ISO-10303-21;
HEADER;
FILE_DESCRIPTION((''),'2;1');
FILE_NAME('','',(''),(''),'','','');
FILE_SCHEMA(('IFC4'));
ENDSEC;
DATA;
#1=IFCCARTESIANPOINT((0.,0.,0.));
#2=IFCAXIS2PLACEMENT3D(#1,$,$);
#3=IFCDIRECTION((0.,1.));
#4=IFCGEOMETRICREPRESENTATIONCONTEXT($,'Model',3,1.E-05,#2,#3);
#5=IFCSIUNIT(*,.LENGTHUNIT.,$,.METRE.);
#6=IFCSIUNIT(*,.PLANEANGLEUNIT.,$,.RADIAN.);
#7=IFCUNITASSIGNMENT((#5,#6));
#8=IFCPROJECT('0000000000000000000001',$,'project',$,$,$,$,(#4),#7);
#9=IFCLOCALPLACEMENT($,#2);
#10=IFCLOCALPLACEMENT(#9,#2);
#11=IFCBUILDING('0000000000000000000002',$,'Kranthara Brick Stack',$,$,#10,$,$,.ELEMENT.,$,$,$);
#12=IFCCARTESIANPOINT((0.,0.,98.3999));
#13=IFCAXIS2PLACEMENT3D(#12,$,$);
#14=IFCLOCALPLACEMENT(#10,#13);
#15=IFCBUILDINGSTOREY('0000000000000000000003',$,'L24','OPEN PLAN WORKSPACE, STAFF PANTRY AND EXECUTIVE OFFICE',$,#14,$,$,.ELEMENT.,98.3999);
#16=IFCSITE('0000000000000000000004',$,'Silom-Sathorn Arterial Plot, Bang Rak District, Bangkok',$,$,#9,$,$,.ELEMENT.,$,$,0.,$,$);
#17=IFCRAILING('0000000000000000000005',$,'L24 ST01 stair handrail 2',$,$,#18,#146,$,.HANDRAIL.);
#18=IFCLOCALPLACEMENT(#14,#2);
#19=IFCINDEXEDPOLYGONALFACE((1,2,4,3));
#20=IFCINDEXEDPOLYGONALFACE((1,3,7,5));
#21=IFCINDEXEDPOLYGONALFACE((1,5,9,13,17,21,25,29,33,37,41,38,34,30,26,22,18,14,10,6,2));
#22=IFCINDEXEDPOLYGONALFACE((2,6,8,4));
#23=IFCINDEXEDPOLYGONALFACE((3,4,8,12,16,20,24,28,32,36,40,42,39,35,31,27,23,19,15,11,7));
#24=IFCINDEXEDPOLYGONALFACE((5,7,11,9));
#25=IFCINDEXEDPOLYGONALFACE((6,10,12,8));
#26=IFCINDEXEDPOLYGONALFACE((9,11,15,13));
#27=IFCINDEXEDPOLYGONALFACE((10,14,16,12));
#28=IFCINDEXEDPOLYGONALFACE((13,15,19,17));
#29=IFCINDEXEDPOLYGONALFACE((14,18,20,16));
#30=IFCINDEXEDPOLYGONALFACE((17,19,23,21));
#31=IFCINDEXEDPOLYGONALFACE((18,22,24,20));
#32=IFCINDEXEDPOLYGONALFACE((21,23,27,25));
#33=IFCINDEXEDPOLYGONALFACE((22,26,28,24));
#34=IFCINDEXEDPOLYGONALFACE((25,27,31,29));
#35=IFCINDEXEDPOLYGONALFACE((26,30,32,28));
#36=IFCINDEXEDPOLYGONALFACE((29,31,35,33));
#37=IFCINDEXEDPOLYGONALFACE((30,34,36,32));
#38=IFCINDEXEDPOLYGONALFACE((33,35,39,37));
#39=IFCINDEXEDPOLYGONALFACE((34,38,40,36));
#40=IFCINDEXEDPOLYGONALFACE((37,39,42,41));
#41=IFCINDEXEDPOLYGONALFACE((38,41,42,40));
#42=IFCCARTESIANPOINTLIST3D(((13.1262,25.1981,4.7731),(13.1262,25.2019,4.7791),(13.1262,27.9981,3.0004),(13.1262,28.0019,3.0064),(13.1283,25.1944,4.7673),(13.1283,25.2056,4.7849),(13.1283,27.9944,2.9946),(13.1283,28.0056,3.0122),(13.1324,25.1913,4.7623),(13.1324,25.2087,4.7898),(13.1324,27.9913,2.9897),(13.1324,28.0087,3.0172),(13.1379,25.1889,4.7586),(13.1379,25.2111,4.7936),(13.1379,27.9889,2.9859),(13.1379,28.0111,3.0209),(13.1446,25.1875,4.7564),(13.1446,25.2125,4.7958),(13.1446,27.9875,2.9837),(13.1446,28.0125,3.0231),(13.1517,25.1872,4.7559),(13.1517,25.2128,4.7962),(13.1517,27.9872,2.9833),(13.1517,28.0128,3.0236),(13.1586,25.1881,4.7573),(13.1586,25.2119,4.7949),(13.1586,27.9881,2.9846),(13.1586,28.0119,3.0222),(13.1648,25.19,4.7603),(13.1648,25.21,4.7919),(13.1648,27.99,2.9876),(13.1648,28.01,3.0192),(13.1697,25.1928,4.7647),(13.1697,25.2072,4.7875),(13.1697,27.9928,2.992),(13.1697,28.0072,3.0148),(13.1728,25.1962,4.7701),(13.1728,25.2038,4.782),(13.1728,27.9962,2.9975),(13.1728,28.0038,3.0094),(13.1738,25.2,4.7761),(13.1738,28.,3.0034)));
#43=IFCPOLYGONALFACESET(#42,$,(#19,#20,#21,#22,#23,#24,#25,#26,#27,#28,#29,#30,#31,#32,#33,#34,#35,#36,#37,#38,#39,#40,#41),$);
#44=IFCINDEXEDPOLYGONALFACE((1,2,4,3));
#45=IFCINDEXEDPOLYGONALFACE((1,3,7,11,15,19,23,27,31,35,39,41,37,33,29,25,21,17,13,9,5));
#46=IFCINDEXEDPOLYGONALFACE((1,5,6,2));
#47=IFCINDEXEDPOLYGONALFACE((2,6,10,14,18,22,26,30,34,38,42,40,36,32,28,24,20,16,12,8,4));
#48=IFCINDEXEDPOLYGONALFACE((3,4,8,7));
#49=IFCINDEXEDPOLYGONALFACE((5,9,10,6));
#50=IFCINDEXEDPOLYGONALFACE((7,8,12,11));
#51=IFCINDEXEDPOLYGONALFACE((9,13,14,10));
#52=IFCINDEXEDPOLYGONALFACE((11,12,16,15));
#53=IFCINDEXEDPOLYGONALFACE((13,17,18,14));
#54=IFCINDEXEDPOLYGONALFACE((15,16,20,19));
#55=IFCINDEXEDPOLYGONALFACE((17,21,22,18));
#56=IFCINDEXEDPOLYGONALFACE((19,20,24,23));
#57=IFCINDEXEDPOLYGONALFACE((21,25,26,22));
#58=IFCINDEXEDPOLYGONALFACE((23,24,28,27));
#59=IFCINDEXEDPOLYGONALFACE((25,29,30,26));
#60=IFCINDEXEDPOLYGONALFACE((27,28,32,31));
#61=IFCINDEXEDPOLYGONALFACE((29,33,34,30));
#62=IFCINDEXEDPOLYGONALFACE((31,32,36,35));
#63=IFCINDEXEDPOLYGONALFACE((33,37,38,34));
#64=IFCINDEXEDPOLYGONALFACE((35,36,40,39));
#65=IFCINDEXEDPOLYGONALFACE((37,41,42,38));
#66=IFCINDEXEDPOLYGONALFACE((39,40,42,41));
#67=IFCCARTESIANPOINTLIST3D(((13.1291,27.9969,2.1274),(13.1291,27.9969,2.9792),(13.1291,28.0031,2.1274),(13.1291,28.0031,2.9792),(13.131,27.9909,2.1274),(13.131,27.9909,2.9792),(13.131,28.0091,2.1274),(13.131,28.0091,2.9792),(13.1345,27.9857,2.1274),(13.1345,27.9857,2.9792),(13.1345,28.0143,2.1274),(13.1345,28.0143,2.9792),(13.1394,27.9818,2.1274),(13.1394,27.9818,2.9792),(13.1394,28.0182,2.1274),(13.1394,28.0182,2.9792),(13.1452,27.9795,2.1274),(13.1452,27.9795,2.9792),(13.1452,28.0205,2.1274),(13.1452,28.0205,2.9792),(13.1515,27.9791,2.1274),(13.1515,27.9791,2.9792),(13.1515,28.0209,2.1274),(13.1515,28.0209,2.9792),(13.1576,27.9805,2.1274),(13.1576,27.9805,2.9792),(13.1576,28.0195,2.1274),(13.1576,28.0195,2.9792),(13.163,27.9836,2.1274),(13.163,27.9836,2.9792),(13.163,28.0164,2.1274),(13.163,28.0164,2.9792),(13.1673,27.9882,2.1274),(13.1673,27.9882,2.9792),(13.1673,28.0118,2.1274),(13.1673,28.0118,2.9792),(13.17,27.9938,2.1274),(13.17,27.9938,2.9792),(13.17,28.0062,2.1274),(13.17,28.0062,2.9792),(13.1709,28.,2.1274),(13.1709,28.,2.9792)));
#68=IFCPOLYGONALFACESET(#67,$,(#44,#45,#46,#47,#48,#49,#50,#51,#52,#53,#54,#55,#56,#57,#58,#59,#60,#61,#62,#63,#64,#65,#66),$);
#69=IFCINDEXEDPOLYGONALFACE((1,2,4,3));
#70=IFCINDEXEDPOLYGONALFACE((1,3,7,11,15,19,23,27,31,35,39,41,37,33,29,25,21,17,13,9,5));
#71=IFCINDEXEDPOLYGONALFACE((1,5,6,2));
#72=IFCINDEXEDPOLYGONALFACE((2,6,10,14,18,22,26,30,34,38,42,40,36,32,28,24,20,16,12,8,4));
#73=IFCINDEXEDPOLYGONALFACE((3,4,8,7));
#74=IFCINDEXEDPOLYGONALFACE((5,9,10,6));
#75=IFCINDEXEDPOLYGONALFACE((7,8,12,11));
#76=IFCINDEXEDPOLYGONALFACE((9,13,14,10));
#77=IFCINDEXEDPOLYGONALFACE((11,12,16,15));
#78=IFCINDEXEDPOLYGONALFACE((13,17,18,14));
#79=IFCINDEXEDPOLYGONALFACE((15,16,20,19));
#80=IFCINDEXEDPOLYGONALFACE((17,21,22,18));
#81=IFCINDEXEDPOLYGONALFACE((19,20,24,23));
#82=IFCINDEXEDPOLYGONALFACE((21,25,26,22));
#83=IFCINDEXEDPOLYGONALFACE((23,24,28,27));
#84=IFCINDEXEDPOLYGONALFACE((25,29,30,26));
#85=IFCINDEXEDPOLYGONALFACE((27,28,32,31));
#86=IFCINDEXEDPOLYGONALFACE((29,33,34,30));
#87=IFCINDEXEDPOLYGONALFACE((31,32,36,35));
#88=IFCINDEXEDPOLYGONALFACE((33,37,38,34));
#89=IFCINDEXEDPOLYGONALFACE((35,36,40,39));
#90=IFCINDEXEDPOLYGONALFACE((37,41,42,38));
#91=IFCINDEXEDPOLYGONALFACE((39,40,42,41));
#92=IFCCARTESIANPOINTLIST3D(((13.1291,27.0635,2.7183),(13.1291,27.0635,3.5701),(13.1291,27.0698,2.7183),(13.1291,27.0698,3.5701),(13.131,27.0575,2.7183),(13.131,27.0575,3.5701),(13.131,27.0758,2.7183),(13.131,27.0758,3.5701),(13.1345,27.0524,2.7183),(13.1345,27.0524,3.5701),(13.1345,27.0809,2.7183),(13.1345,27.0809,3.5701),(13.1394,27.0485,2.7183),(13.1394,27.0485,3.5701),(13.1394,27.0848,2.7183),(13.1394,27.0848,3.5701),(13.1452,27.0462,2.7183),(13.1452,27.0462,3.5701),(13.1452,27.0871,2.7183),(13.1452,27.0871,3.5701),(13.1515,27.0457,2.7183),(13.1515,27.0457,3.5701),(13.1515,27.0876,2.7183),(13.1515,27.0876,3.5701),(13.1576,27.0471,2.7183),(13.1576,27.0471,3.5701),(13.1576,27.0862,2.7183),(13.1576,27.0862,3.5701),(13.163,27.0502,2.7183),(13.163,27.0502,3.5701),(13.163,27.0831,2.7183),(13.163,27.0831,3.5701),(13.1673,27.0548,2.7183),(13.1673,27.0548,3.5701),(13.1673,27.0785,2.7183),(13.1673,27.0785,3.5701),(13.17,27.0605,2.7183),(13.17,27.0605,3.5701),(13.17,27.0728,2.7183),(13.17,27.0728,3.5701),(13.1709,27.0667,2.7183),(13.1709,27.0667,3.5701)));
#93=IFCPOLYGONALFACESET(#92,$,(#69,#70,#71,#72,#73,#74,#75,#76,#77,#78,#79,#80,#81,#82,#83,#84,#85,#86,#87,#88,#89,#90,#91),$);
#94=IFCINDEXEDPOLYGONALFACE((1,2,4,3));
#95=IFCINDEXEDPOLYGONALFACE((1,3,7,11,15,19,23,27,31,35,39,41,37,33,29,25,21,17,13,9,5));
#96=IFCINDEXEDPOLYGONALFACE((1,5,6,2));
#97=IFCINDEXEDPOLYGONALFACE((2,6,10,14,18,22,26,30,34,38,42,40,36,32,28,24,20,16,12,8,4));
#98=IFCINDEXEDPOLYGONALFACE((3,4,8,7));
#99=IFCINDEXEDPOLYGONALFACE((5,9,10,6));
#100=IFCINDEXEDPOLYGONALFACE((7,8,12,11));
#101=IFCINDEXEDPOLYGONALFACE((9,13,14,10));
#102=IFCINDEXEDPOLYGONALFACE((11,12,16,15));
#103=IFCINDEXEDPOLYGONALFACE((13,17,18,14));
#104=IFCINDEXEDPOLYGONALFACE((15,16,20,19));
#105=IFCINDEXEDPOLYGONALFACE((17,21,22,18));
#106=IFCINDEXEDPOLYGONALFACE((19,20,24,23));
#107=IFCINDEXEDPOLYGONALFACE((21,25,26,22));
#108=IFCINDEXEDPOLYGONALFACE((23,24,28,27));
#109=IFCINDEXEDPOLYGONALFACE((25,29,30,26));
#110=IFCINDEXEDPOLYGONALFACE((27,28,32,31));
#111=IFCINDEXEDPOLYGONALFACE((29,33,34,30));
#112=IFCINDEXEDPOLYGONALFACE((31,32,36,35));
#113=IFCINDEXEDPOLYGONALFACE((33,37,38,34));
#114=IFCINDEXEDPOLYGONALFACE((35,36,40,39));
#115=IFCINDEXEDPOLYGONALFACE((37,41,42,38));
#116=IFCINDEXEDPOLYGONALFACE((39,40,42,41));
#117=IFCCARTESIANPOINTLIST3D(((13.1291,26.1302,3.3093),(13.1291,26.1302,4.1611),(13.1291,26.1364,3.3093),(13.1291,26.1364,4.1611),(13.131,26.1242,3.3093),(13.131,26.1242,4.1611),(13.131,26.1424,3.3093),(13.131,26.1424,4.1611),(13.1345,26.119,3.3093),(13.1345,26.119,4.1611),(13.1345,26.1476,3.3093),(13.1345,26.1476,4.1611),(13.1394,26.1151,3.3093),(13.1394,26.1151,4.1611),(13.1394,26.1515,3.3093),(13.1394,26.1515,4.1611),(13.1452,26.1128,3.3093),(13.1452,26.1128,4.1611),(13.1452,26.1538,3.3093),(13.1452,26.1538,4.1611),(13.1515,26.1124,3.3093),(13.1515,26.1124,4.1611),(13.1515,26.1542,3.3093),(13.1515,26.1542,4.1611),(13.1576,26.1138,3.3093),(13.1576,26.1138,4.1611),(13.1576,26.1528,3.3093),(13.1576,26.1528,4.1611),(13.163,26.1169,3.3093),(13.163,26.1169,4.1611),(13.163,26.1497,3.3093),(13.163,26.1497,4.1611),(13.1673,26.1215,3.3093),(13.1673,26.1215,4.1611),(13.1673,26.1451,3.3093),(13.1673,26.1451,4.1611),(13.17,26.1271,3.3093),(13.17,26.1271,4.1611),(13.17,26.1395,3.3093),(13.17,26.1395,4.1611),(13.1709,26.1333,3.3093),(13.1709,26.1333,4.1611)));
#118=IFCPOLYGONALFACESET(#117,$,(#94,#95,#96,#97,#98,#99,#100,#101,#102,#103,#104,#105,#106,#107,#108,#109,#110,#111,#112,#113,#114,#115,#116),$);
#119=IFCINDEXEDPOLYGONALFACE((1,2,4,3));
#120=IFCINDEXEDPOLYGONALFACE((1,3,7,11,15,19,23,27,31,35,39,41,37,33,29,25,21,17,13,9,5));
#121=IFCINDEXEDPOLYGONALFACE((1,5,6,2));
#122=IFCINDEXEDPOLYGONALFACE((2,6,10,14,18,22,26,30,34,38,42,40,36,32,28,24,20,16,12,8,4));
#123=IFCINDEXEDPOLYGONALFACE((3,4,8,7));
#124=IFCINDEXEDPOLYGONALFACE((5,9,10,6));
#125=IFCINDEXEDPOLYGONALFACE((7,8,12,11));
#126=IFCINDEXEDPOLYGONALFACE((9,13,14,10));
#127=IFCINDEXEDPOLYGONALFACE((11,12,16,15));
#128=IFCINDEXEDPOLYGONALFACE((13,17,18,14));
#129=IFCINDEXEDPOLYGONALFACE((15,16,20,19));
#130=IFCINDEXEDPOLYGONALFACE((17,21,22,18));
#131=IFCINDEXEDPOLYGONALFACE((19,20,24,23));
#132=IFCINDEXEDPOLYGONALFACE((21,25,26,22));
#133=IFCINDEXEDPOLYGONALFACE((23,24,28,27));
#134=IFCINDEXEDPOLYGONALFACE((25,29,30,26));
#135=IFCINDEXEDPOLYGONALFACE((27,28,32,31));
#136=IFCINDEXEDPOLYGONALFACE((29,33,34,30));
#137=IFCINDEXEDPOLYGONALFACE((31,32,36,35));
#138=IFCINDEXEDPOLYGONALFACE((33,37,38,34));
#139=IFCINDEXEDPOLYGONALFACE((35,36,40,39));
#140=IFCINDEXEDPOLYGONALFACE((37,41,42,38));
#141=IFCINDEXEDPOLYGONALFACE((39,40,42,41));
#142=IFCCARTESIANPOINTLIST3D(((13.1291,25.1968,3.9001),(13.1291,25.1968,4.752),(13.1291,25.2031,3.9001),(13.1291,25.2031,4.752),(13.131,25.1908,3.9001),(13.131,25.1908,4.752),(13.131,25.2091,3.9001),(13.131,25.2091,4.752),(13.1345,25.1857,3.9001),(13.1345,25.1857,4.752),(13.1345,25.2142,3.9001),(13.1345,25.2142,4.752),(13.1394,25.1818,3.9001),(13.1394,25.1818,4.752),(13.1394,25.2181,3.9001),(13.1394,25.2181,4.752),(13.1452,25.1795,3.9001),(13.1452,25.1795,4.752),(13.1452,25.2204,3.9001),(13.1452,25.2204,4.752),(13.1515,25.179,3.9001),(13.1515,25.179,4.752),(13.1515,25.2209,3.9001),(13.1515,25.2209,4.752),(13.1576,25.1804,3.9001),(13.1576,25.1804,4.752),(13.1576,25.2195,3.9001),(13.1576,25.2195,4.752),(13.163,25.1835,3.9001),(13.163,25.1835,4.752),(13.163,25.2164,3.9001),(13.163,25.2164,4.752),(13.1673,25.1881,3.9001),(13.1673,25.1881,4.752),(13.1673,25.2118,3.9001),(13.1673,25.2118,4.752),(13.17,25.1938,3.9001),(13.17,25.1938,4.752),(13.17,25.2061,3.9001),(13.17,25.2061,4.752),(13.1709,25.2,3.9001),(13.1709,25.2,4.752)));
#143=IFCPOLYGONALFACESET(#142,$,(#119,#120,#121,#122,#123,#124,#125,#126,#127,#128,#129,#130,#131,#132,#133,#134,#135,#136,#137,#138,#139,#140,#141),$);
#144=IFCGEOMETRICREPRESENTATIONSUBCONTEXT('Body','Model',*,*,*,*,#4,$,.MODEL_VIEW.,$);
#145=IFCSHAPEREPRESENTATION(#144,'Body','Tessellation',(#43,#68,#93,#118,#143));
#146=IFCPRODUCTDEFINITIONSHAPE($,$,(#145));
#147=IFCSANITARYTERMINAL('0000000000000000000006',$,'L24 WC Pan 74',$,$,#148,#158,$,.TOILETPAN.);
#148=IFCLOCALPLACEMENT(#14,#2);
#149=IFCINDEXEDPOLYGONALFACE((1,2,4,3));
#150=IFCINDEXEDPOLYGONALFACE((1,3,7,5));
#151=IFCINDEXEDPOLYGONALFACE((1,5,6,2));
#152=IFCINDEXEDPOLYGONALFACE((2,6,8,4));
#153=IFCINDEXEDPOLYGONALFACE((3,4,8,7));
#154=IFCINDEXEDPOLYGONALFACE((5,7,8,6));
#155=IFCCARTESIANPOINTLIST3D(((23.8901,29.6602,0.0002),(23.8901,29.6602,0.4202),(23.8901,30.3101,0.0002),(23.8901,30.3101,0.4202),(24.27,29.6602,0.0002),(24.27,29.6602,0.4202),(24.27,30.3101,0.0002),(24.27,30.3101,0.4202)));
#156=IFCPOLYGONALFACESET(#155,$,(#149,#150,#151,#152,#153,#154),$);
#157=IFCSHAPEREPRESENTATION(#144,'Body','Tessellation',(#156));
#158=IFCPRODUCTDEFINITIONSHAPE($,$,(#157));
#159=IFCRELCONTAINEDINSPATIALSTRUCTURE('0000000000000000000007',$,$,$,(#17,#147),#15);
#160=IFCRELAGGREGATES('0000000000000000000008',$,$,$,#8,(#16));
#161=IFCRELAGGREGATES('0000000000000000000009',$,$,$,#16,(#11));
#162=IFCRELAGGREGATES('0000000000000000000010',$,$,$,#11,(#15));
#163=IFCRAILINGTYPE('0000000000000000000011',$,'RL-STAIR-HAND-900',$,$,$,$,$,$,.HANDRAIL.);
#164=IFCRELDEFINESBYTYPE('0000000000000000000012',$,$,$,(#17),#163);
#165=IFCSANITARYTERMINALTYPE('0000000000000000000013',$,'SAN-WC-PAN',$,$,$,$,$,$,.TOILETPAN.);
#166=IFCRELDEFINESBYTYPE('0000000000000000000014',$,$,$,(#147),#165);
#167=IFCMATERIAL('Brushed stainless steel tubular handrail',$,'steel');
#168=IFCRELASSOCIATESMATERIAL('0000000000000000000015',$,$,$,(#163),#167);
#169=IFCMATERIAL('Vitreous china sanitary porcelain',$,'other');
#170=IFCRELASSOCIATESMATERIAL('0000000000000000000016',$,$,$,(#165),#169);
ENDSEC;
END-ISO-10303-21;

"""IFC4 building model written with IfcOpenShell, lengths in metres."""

from ifc_helpers import new_model, si_unit, direction, frame, origin, origin_2d, place, context, subcontext, project, spatial, rectangle, circle, extrude, material, type_object, element, save


model = new_model("IFC4")

# Units and contexts
model_context = context("Model", 3, precision=1e-05, world=origin(), true_north=direction((0.0, 1.0)))
body_context = subcontext(model_context, "Body", "Model", "MODEL_VIEW")
ifc_project = project(units=[si_unit("LENGTHUNIT", "METRE"), si_unit("PLANEANGLEUNIT", "RADIAN")], contexts=[model_context])

# Site, building, storey
site_placement = place(None, origin())
site = spatial("IfcSite", under=ifc_project, at=site_placement, Name="Silom-Sathorn Arterial Plot, Bang Rak District, Bangkok", CompositionType="ELEMENT", RefElevation=0.0)
building_placement = place(site_placement, origin())
building = spatial("IfcBuilding", under=site, at=building_placement, Name="Kranthara Brick Stack", CompositionType="ELEMENT")
storey_placement = place(building_placement, frame((0.0, 0.0, 98.3999)))
storey = spatial("IfcBuildingStorey", under=building, at=storey_placement, Name="L24", Description="OPEN PLAN WORKSPACE, STAFF PANTRY AND EXECUTIVE OFFICE", CompositionType="ELEMENT", Elevation=98.3999)

# Railing
ifc_material_1 = material(Name="Brushed stainless steel tubular handrail", Category="steel")
railing_type_1 = type_object("IfcRailingType", Name="RL-STAIR-HAND-900", PredefinedType="HANDRAIL", material=ifc_material_1)
railing_1_placement = place(storey_placement, frame((13.1499, 28.0, 2.1274)))
element("IfcRailing", 1, at=railing_1_placement, inside=storey, type_object=railing_type_1, Name="L24 ST01 stair handrail 2", PredefinedType="HANDRAIL", context=body_context, shape_type="SweptSolid", body=[
    extrude(circle(Radius=0.0239, at=origin_2d()), frame((0.0, 0.0, 0.876), z_axis=(0.0, -0.844909, 0.53491), x_axis=(1.0, 0.0, 0.0)), (0.0, 0.0, 1.0), 3.314),
    extrude(circle(Radius=0.021, at=origin_2d()), origin(), (0.0, 0.0, 1.0), 0.8518),
    extrude(circle(Radius=0.021, at=origin_2d()), frame((0.0, -0.9333, 0.5908)), (0.0, 0.0, 1.0), 0.8518),
    extrude(circle(Radius=0.021, at=origin_2d()), frame((0.0, -1.8667, 1.1819)), (0.0, 0.0, 1.0), 0.8518),
    extrude(circle(Radius=0.021, at=origin_2d()), frame((0.0, -2.8, 1.7727)), (0.0, 0.0, 1.0), 0.8518),
])

# Sanitary terminal
ifc_material_2 = material(Name="Vitreous china sanitary porcelain", Category="other")
sanitary_terminal_type = type_object("IfcSanitaryTerminalType", Name="SAN-WC-PAN", PredefinedType="TOILETPAN", material=ifc_material_2)
sanitary_terminal_placement = place(storey_placement, frame((24.0801, 29.9851, 0.0002), z_axis=(0.0, 0.0, 1.0), x_axis=(1.0, 0.0, 0.0)))
element("IfcSanitaryTerminal", 2, at=sanitary_terminal_placement, inside=storey, type_object=sanitary_terminal_type, Name="L24 WC Pan 74", PredefinedType="TOILETPAN", context=body_context, shape_type="SweptSolid", body=[
    extrude(rectangle(XDim=0.3799, YDim=0.6499, at=origin_2d()), origin(), (0.0, 0.0, 1.0), 0.4199),
])

save(model, "model.ifc")
